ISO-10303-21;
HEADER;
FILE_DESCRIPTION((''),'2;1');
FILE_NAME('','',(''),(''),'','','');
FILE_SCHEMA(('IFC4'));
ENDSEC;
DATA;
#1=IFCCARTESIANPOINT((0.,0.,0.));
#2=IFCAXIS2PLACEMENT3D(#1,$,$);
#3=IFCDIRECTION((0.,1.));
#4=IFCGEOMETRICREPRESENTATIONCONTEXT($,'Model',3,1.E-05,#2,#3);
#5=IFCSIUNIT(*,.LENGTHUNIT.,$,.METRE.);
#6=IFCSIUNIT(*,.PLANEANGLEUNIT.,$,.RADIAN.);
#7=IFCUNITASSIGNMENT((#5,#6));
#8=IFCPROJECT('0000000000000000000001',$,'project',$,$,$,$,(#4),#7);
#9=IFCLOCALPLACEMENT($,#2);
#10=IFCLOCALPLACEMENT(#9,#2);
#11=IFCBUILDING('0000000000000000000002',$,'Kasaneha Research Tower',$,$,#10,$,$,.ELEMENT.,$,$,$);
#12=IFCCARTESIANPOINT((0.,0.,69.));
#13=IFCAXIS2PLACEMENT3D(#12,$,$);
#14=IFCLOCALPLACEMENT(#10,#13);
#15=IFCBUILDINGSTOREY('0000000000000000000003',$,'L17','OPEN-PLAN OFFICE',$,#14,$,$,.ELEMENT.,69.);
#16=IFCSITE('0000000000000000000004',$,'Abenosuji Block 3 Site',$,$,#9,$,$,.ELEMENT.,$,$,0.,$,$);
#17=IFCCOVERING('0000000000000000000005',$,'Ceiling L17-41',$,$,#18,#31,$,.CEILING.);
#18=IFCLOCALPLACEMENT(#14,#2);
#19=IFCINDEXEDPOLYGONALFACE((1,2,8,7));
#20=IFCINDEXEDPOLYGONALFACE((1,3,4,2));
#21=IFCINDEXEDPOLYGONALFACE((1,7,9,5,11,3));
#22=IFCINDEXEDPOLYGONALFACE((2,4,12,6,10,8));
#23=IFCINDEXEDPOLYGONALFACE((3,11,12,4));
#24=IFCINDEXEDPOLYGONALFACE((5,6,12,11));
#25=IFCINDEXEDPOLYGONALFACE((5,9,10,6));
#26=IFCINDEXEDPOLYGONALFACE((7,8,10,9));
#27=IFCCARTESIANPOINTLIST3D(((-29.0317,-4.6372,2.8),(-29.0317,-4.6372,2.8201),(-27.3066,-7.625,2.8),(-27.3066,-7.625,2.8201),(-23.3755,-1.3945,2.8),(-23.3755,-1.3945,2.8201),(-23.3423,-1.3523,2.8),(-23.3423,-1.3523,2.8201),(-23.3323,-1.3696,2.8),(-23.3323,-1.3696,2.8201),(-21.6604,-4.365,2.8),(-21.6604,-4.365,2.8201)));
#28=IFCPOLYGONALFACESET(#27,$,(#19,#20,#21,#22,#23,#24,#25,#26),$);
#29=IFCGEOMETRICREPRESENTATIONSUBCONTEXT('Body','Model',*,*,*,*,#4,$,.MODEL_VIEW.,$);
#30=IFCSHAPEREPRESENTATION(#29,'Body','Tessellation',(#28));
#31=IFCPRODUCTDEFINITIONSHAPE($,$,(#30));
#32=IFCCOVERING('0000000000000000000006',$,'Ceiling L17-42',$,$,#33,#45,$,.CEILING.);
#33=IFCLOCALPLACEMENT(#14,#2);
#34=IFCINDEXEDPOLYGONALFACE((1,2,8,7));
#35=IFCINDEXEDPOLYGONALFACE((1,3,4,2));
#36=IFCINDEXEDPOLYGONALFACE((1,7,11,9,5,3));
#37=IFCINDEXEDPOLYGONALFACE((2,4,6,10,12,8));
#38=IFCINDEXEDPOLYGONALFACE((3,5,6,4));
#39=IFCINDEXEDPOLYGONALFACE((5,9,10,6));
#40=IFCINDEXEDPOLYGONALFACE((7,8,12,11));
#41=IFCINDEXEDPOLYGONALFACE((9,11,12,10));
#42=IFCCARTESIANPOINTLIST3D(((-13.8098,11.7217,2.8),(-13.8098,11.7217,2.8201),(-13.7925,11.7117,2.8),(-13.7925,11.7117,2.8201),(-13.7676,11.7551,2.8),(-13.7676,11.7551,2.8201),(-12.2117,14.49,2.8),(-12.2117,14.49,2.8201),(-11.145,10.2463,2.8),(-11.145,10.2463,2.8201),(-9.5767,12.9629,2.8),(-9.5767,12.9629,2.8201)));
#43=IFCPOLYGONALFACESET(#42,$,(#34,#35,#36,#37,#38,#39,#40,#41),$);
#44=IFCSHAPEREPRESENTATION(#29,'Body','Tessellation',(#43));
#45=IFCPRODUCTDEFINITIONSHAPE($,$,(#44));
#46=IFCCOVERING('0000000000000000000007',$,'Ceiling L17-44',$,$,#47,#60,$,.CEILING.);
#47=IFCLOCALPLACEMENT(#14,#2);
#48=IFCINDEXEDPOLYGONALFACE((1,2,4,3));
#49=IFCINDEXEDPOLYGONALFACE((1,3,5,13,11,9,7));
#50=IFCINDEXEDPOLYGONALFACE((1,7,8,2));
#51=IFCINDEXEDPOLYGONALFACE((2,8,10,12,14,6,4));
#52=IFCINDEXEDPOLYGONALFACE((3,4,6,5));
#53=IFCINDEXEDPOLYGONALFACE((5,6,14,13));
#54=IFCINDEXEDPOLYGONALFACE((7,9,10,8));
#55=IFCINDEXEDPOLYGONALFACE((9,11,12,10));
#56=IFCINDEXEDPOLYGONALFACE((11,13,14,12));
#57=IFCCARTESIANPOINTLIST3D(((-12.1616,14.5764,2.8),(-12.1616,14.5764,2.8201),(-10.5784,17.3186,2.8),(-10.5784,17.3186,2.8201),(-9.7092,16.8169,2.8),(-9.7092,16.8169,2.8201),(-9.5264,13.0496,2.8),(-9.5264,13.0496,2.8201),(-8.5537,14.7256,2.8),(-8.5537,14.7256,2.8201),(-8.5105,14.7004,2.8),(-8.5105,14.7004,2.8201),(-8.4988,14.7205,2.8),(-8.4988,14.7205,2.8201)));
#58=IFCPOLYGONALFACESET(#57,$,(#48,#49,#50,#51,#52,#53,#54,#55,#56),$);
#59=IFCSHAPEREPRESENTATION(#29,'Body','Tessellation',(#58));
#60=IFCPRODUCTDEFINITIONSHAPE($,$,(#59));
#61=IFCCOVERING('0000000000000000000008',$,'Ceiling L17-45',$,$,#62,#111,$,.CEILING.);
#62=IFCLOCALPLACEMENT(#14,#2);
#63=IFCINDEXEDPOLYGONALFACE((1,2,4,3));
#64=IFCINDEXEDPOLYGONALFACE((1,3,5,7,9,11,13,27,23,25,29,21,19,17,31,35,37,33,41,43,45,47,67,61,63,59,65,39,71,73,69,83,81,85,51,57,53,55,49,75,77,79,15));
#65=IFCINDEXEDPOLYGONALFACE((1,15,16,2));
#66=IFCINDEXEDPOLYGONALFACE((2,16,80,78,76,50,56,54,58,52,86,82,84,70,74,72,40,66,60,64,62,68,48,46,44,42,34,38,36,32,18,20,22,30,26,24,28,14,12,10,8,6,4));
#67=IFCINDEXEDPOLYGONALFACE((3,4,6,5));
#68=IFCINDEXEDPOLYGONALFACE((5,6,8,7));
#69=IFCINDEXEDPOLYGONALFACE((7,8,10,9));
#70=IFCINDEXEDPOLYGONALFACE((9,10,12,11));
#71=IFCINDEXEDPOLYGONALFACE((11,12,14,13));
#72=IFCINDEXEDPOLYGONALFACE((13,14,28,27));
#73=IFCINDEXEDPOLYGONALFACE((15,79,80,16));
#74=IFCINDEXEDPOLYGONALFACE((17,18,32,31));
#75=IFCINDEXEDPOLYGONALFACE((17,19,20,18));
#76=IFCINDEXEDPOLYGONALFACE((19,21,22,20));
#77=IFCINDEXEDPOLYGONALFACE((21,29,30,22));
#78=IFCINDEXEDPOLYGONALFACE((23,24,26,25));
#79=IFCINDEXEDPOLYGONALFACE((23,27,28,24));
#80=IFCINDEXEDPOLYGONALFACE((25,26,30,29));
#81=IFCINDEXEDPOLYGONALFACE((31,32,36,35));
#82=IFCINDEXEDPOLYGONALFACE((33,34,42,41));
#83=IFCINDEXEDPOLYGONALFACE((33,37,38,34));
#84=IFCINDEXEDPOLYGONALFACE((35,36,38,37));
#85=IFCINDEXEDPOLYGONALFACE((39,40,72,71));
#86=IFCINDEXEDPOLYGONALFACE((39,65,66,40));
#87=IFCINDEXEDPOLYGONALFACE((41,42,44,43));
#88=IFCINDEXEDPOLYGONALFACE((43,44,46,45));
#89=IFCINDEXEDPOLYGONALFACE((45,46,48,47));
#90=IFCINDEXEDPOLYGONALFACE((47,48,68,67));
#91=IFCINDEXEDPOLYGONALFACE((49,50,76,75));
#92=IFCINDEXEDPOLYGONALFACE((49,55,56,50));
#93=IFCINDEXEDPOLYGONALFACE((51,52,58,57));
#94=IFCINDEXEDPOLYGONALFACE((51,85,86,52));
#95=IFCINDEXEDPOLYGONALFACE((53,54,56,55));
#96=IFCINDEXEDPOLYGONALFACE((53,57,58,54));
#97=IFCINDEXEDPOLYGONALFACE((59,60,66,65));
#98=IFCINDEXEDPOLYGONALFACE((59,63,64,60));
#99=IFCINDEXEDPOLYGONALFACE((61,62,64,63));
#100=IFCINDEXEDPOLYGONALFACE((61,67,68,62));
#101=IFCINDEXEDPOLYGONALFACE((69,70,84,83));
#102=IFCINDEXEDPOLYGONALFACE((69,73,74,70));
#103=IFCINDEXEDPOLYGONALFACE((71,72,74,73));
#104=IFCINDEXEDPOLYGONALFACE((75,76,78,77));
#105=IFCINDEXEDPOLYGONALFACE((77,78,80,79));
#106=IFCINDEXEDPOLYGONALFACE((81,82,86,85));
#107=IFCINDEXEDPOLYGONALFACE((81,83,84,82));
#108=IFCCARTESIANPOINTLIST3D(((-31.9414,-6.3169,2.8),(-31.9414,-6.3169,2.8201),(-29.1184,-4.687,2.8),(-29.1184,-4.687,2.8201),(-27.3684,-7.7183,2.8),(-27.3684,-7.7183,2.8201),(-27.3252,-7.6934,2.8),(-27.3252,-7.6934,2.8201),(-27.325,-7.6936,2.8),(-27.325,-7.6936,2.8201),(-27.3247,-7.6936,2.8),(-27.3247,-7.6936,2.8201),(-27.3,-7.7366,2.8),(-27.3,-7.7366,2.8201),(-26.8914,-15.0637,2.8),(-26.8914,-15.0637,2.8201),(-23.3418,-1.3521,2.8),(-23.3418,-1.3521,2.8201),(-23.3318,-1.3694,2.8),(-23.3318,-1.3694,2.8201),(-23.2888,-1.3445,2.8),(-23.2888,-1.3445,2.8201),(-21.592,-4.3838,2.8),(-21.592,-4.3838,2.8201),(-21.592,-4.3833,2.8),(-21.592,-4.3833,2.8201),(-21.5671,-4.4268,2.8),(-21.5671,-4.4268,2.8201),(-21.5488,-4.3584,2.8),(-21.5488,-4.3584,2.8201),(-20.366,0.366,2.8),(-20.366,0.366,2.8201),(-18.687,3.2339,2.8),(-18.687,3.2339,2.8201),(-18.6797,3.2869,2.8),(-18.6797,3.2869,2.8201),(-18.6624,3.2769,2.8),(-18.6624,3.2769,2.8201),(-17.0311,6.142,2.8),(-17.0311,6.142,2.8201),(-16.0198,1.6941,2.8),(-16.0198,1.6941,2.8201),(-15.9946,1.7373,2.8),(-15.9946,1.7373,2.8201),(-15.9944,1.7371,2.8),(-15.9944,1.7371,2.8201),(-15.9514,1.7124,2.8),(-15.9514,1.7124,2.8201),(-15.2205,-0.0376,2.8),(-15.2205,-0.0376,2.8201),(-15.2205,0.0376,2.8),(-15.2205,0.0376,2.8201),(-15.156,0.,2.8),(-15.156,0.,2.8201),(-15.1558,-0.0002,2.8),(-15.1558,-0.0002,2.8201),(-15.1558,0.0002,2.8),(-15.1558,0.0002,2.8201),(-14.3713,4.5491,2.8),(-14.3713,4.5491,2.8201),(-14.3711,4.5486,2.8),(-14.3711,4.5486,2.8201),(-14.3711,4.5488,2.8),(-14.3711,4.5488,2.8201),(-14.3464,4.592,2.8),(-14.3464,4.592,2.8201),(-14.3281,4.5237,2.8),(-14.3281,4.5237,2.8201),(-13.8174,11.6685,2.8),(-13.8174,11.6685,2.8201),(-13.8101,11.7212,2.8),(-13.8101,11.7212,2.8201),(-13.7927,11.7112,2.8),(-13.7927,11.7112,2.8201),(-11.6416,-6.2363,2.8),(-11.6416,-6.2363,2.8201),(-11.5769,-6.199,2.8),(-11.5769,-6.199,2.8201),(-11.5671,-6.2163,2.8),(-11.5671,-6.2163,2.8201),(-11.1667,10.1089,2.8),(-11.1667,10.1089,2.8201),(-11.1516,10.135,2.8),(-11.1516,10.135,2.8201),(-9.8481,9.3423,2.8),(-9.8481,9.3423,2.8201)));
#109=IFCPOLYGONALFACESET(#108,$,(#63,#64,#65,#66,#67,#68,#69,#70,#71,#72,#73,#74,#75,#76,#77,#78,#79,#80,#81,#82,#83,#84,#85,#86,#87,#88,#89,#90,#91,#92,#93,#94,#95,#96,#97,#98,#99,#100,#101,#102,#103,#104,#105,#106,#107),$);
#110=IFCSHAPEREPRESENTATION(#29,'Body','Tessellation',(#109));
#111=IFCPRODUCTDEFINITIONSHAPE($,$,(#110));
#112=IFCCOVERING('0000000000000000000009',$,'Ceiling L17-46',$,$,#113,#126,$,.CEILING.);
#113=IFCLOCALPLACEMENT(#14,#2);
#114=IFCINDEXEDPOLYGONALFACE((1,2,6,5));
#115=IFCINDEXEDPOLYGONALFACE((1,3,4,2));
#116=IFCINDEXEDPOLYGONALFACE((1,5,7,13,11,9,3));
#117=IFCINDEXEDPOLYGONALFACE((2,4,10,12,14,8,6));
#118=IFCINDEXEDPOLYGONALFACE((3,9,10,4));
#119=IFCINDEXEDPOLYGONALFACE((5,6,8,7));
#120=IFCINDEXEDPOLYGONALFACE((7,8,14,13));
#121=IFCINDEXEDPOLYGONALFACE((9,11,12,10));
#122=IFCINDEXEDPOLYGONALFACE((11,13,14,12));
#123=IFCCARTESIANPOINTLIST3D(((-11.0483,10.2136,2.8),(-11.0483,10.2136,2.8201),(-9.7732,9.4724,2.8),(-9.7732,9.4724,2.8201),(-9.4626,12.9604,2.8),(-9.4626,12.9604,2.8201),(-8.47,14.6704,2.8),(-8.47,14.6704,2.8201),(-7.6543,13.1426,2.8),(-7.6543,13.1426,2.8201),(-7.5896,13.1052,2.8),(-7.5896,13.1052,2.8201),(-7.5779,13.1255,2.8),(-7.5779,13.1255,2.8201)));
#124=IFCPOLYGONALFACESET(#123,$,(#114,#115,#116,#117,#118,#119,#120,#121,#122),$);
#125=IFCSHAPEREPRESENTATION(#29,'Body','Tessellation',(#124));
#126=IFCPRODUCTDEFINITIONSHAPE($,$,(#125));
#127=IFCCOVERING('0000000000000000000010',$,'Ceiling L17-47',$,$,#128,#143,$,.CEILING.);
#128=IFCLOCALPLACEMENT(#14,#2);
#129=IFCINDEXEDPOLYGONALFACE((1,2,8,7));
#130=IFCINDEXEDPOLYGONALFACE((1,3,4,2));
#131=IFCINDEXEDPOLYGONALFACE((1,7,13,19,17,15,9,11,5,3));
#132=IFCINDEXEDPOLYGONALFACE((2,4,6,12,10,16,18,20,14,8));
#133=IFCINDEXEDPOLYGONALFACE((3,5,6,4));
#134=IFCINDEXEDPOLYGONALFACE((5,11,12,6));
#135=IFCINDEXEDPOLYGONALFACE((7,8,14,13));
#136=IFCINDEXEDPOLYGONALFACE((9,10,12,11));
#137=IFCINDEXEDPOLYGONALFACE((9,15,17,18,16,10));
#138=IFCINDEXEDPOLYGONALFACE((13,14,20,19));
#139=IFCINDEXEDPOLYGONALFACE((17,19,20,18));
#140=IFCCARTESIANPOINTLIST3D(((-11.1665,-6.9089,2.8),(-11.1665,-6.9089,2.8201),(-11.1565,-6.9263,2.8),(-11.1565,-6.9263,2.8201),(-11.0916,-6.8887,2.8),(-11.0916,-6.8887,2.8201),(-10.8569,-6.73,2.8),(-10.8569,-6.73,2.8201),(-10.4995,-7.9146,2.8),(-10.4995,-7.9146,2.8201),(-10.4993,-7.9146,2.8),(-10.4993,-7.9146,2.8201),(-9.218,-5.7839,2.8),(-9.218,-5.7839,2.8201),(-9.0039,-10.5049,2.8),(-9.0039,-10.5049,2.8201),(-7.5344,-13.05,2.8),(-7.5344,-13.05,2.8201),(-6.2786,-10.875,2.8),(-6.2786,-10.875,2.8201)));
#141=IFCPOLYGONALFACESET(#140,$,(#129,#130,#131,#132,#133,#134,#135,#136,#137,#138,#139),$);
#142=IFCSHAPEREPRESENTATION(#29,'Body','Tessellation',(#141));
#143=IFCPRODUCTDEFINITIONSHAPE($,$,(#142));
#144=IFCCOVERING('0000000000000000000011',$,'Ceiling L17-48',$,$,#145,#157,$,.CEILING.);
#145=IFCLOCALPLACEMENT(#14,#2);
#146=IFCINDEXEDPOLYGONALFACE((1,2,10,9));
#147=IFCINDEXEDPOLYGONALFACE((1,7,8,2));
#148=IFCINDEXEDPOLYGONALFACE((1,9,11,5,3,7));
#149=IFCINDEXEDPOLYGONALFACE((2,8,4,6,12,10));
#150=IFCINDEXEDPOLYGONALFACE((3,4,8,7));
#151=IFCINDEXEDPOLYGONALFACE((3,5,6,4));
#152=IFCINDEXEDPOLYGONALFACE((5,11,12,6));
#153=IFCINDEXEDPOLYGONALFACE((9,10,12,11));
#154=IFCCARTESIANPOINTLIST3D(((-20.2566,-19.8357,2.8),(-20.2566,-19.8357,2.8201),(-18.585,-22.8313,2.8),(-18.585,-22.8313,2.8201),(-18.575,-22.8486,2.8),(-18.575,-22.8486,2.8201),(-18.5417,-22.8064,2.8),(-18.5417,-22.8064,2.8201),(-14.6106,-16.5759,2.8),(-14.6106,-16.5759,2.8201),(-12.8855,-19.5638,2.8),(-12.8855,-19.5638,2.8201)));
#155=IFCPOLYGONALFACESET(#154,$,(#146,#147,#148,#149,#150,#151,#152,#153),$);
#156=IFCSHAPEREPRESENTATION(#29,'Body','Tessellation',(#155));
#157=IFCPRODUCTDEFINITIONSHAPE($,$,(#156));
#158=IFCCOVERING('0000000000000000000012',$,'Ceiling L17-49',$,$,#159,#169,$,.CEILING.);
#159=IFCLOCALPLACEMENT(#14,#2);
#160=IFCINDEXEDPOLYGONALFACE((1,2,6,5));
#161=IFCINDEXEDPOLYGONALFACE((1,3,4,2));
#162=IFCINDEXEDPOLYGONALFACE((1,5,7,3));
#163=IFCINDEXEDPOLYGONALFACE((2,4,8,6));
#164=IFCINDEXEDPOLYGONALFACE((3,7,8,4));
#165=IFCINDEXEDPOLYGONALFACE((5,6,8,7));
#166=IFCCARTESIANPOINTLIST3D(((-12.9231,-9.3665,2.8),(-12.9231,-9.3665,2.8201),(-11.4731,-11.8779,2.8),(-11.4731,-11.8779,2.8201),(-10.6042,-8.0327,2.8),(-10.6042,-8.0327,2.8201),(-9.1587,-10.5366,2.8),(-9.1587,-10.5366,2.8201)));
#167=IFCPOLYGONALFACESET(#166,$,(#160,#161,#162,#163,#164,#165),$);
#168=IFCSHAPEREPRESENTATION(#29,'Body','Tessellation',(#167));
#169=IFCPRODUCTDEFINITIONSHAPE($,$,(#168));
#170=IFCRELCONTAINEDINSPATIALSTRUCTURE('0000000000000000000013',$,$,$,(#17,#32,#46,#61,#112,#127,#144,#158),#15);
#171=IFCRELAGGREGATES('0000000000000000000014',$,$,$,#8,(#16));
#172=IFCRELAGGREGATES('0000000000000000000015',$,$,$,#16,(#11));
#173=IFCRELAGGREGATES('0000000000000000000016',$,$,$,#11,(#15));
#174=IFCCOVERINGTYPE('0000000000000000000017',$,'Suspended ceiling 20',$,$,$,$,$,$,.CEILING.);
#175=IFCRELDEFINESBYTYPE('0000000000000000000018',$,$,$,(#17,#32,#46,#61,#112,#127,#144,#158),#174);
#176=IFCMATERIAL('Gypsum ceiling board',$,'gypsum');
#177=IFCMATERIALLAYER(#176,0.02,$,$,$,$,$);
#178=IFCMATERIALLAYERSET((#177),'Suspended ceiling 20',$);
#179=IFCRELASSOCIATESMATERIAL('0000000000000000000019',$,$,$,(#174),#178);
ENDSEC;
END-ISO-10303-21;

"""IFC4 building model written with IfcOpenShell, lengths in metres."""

from ifc_helpers import new_model, si_unit, direction, frame, origin, place, context, subcontext, project, spatial, polyline, outline, extrude, material, layer, layer_set, type_object, element, save


model = new_model("IFC4")

# Units and contexts
model_context = context("Model", 3, precision=1e-05, world=origin(), true_north=direction((0.0, 1.0)))
body_context = subcontext(model_context, "Body", "Model", "MODEL_VIEW")
ifc_project = project(units=[si_unit("LENGTHUNIT", "METRE"), si_unit("PLANEANGLEUNIT", "RADIAN")], contexts=[model_context])

# Site, building, storey
site_placement = place(None, origin())
site = spatial("IfcSite", under=ifc_project, at=site_placement, Name="Abenosuji Block 3 Site", CompositionType="ELEMENT", RefElevation=0.0)
building_placement = place(site_placement, origin())
building = spatial("IfcBuilding", under=site, at=building_placement, Name="Kasaneha Research Tower", CompositionType="ELEMENT")
storey_placement = place(building_placement, frame((0.0, 0.0, 69.0)))
storey = spatial("IfcBuildingStorey", under=building, at=storey_placement, Name="L17", Description="OPEN-PLAN OFFICE", CompositionType="ELEMENT", Elevation=69.0)

# Coverings
ifc_material_1 = material(Name="Gypsum ceiling board", Category="gypsum")
ifc_layer_1 = layer(ifc_material_1, 0.02)
ifc_layer_set_1 = layer_set([ifc_layer_1], Name="Suspended ceiling 20")
covering_type = type_object("IfcCoveringType", Name="Suspended ceiling 20", PredefinedType="CEILING", material=ifc_layer_set_1)
covering_1_placement = place(storey_placement, frame((0.0, 0.0, 2.8)))
element("IfcCovering", 1, at=covering_1_placement, inside=storey, type_object=covering_type, Name="Ceiling L17-41", PredefinedType="CEILING", context=body_context, shape_type="SweptSolid", body=[
    extrude(outline(polyline([(-23.3423, -1.3523), (-23.3323, -1.3696), (-23.3755, -1.3945), (-21.6604, -4.365), (-27.3066, -7.625), (-29.0317, -4.6372), (-23.3423, -1.3523)])), origin(), (0.0, 0.0, 1.0), 0.02),
])
covering_2_placement = place(storey_placement, frame((0.0, 0.0, 2.8)))
element("IfcCovering", 2, at=covering_2_placement, inside=storey, type_object=covering_type, Name="Ceiling L17-42", PredefinedType="CEILING", context=body_context, shape_type="SweptSolid", body=[
    extrude(outline(polyline([(-12.2117, 14.49), (-9.5767, 12.9629), (-11.145, 10.2463), (-13.7676, 11.7551), (-13.7925, 11.7117), (-13.8098, 11.7217), (-12.2117, 14.49)])), origin(), (0.0, 0.0, 1.0), 0.02),
])
covering_3_placement = place(storey_placement, frame((0.0, 0.0, 2.8)))
element("IfcCovering", 3, at=covering_3_placement, inside=storey, type_object=covering_type, Name="Ceiling L17-44", PredefinedType="CEILING", context=body_context, shape_type="SweptSolid", body=[
    extrude(outline(polyline([(-10.5784, 17.3186), (-9.7092, 16.8169), (-8.4988, 14.7205), (-8.5105, 14.7004), (-8.5537, 14.7256), (-9.5264, 13.0496), (-12.1616, 14.5764), (-12.1865, 14.5332), (-12.1865, 14.5332), (-10.5784, 17.3186)])), origin(), (0.0, 0.0, 1.0), 0.02),
])
covering_4_placement = place(storey_placement, frame((0.0, 0.0, 2.8)))
element("IfcCovering", 4, at=covering_4_placement, inside=storey, type_object=covering_type, Name="Ceiling L17-45", PredefinedType="CEILING", context=body_context, shape_type="SweptSolid", body=[
    extrude(outline(polyline([(-15.1558, -0.0002), (-15.2205, -0.0376), (-11.6416, -6.2363), (-11.5769, -6.199), (-11.5671, -6.2163), (-26.8914, -15.0637), (-31.9414, -6.3169), (-29.1184, -4.687), (-27.3684, -7.7183), (-27.3252, -7.6934), (-27.325, -7.6936), (-27.3247, -7.6936), (-27.3, -7.7366), (-21.5671, -4.4268), (-21.592, -4.3838), (-21.592, -4.3838), (-21.592, -4.3833), (-21.5488, -4.3584), (-23.2888, -1.3445), (-23.3318, -1.3694), (-23.3418, -1.3521), (-20.366, 0.366), (-18.6797, 3.2869), (-18.6624, 3.2769), (-18.687, 3.2339), (-16.0198, 1.6941), (-15.9946, 1.7373), (-15.9944, 1.7371), (-15.9944, 1.7371), (-15.9514, 1.7124), (-14.3281, 4.5237), (-14.3711, 4.5486), (-14.3711, 4.5488), (-14.3713, 4.5491), (-14.3464, 4.592), (-17.0312, 6.1421), (-17.0559, 6.0991), (-17.0559, 6.0991), (-13.8101, 11.7212), (-13.7927, 11.7112), (-13.8174, 11.6685), (-11.1516, 10.135), (-11.1667, 10.1089), (-9.8481, 9.3423), (-15.2205, 0.0376), (-15.1558, 0.0002), (-15.156, 0.0), (-15.1558, -0.0002)])), origin(), (0.0, 0.0, 1.0), 0.02),
])
covering_5_placement = place(storey_placement, frame((0.0, 0.0, 2.8)))
element("IfcCovering", 5, at=covering_5_placement, inside=storey, type_object=covering_type, Name="Ceiling L17-46", PredefinedType="CEILING", context=body_context, shape_type="SweptSolid", body=[
    extrude(outline(polyline([(-7.5779, 13.1255), (-7.5896, 13.1052), (-7.6543, 13.1426), (-9.7732, 9.4724), (-11.0483, 10.2136), (-9.4626, 12.9604), (-8.47, 14.6704), (-7.5779, 13.1255)])), origin(), (0.0, 0.0, 1.0), 0.02),
])
covering_6_placement = place(storey_placement, frame((0.0, 0.0, 2.8)))
element("IfcCovering", 6, at=covering_6_placement, inside=storey, type_object=covering_type, Name="Ceiling L17-47", PredefinedType="CEILING", context=body_context, shape_type="SweptSolid", body=[
    extrude(outline(polyline([(-9.218, -5.7839), (-6.2786, -10.875), (-7.5344, -13.05), (-7.5344, -13.05), (-9.0039, -10.5049), (-9.0039, -10.5049), (-10.4995, -7.9146), (-10.4993, -7.9146), (-11.0916, -6.8887), (-11.1565, -6.9263), (-11.1665, -6.9089), (-10.8569, -6.73), (-9.218, -5.7839)])), origin(), (0.0, 0.0, 1.0), 0.02),
])
covering_7_placement = place(storey_placement, frame((0.0, 0.0, 2.8)))
element("IfcCovering", 7, at=covering_7_placement, inside=storey, type_object=covering_type, Name="Ceiling L17-48", PredefinedType="CEILING", context=body_context, shape_type="SweptSolid", body=[
    extrude(outline(polyline([(-18.575, -22.8486), (-18.585, -22.8313), (-18.5417, -22.8064), (-20.2566, -19.8357), (-14.6106, -16.5759), (-12.8855, -19.5637), (-12.8423, -19.5388), (-12.8423, -19.5388), (-18.575, -22.8486)])), origin(), (0.0, 0.0, 1.0), 0.02),
])
covering_8_placement = place(storey_placement, frame((0.0, 0.0, 2.8)))
element("IfcCovering", 8, at=covering_8_placement, inside=storey, type_object=covering_type, Name="Ceiling L17-49", PredefinedType="CEILING", context=body_context, shape_type="SweptSolid", body=[
    extrude(outline(polyline([(-12.9231, -9.3665), (-10.6042, -8.0327), (-9.1587, -10.5366), (-11.4731, -11.8779), (-12.9231, -9.3665)])), origin(), (0.0, 0.0, 1.0), 0.02),
])

save(model, "model.ifc")
